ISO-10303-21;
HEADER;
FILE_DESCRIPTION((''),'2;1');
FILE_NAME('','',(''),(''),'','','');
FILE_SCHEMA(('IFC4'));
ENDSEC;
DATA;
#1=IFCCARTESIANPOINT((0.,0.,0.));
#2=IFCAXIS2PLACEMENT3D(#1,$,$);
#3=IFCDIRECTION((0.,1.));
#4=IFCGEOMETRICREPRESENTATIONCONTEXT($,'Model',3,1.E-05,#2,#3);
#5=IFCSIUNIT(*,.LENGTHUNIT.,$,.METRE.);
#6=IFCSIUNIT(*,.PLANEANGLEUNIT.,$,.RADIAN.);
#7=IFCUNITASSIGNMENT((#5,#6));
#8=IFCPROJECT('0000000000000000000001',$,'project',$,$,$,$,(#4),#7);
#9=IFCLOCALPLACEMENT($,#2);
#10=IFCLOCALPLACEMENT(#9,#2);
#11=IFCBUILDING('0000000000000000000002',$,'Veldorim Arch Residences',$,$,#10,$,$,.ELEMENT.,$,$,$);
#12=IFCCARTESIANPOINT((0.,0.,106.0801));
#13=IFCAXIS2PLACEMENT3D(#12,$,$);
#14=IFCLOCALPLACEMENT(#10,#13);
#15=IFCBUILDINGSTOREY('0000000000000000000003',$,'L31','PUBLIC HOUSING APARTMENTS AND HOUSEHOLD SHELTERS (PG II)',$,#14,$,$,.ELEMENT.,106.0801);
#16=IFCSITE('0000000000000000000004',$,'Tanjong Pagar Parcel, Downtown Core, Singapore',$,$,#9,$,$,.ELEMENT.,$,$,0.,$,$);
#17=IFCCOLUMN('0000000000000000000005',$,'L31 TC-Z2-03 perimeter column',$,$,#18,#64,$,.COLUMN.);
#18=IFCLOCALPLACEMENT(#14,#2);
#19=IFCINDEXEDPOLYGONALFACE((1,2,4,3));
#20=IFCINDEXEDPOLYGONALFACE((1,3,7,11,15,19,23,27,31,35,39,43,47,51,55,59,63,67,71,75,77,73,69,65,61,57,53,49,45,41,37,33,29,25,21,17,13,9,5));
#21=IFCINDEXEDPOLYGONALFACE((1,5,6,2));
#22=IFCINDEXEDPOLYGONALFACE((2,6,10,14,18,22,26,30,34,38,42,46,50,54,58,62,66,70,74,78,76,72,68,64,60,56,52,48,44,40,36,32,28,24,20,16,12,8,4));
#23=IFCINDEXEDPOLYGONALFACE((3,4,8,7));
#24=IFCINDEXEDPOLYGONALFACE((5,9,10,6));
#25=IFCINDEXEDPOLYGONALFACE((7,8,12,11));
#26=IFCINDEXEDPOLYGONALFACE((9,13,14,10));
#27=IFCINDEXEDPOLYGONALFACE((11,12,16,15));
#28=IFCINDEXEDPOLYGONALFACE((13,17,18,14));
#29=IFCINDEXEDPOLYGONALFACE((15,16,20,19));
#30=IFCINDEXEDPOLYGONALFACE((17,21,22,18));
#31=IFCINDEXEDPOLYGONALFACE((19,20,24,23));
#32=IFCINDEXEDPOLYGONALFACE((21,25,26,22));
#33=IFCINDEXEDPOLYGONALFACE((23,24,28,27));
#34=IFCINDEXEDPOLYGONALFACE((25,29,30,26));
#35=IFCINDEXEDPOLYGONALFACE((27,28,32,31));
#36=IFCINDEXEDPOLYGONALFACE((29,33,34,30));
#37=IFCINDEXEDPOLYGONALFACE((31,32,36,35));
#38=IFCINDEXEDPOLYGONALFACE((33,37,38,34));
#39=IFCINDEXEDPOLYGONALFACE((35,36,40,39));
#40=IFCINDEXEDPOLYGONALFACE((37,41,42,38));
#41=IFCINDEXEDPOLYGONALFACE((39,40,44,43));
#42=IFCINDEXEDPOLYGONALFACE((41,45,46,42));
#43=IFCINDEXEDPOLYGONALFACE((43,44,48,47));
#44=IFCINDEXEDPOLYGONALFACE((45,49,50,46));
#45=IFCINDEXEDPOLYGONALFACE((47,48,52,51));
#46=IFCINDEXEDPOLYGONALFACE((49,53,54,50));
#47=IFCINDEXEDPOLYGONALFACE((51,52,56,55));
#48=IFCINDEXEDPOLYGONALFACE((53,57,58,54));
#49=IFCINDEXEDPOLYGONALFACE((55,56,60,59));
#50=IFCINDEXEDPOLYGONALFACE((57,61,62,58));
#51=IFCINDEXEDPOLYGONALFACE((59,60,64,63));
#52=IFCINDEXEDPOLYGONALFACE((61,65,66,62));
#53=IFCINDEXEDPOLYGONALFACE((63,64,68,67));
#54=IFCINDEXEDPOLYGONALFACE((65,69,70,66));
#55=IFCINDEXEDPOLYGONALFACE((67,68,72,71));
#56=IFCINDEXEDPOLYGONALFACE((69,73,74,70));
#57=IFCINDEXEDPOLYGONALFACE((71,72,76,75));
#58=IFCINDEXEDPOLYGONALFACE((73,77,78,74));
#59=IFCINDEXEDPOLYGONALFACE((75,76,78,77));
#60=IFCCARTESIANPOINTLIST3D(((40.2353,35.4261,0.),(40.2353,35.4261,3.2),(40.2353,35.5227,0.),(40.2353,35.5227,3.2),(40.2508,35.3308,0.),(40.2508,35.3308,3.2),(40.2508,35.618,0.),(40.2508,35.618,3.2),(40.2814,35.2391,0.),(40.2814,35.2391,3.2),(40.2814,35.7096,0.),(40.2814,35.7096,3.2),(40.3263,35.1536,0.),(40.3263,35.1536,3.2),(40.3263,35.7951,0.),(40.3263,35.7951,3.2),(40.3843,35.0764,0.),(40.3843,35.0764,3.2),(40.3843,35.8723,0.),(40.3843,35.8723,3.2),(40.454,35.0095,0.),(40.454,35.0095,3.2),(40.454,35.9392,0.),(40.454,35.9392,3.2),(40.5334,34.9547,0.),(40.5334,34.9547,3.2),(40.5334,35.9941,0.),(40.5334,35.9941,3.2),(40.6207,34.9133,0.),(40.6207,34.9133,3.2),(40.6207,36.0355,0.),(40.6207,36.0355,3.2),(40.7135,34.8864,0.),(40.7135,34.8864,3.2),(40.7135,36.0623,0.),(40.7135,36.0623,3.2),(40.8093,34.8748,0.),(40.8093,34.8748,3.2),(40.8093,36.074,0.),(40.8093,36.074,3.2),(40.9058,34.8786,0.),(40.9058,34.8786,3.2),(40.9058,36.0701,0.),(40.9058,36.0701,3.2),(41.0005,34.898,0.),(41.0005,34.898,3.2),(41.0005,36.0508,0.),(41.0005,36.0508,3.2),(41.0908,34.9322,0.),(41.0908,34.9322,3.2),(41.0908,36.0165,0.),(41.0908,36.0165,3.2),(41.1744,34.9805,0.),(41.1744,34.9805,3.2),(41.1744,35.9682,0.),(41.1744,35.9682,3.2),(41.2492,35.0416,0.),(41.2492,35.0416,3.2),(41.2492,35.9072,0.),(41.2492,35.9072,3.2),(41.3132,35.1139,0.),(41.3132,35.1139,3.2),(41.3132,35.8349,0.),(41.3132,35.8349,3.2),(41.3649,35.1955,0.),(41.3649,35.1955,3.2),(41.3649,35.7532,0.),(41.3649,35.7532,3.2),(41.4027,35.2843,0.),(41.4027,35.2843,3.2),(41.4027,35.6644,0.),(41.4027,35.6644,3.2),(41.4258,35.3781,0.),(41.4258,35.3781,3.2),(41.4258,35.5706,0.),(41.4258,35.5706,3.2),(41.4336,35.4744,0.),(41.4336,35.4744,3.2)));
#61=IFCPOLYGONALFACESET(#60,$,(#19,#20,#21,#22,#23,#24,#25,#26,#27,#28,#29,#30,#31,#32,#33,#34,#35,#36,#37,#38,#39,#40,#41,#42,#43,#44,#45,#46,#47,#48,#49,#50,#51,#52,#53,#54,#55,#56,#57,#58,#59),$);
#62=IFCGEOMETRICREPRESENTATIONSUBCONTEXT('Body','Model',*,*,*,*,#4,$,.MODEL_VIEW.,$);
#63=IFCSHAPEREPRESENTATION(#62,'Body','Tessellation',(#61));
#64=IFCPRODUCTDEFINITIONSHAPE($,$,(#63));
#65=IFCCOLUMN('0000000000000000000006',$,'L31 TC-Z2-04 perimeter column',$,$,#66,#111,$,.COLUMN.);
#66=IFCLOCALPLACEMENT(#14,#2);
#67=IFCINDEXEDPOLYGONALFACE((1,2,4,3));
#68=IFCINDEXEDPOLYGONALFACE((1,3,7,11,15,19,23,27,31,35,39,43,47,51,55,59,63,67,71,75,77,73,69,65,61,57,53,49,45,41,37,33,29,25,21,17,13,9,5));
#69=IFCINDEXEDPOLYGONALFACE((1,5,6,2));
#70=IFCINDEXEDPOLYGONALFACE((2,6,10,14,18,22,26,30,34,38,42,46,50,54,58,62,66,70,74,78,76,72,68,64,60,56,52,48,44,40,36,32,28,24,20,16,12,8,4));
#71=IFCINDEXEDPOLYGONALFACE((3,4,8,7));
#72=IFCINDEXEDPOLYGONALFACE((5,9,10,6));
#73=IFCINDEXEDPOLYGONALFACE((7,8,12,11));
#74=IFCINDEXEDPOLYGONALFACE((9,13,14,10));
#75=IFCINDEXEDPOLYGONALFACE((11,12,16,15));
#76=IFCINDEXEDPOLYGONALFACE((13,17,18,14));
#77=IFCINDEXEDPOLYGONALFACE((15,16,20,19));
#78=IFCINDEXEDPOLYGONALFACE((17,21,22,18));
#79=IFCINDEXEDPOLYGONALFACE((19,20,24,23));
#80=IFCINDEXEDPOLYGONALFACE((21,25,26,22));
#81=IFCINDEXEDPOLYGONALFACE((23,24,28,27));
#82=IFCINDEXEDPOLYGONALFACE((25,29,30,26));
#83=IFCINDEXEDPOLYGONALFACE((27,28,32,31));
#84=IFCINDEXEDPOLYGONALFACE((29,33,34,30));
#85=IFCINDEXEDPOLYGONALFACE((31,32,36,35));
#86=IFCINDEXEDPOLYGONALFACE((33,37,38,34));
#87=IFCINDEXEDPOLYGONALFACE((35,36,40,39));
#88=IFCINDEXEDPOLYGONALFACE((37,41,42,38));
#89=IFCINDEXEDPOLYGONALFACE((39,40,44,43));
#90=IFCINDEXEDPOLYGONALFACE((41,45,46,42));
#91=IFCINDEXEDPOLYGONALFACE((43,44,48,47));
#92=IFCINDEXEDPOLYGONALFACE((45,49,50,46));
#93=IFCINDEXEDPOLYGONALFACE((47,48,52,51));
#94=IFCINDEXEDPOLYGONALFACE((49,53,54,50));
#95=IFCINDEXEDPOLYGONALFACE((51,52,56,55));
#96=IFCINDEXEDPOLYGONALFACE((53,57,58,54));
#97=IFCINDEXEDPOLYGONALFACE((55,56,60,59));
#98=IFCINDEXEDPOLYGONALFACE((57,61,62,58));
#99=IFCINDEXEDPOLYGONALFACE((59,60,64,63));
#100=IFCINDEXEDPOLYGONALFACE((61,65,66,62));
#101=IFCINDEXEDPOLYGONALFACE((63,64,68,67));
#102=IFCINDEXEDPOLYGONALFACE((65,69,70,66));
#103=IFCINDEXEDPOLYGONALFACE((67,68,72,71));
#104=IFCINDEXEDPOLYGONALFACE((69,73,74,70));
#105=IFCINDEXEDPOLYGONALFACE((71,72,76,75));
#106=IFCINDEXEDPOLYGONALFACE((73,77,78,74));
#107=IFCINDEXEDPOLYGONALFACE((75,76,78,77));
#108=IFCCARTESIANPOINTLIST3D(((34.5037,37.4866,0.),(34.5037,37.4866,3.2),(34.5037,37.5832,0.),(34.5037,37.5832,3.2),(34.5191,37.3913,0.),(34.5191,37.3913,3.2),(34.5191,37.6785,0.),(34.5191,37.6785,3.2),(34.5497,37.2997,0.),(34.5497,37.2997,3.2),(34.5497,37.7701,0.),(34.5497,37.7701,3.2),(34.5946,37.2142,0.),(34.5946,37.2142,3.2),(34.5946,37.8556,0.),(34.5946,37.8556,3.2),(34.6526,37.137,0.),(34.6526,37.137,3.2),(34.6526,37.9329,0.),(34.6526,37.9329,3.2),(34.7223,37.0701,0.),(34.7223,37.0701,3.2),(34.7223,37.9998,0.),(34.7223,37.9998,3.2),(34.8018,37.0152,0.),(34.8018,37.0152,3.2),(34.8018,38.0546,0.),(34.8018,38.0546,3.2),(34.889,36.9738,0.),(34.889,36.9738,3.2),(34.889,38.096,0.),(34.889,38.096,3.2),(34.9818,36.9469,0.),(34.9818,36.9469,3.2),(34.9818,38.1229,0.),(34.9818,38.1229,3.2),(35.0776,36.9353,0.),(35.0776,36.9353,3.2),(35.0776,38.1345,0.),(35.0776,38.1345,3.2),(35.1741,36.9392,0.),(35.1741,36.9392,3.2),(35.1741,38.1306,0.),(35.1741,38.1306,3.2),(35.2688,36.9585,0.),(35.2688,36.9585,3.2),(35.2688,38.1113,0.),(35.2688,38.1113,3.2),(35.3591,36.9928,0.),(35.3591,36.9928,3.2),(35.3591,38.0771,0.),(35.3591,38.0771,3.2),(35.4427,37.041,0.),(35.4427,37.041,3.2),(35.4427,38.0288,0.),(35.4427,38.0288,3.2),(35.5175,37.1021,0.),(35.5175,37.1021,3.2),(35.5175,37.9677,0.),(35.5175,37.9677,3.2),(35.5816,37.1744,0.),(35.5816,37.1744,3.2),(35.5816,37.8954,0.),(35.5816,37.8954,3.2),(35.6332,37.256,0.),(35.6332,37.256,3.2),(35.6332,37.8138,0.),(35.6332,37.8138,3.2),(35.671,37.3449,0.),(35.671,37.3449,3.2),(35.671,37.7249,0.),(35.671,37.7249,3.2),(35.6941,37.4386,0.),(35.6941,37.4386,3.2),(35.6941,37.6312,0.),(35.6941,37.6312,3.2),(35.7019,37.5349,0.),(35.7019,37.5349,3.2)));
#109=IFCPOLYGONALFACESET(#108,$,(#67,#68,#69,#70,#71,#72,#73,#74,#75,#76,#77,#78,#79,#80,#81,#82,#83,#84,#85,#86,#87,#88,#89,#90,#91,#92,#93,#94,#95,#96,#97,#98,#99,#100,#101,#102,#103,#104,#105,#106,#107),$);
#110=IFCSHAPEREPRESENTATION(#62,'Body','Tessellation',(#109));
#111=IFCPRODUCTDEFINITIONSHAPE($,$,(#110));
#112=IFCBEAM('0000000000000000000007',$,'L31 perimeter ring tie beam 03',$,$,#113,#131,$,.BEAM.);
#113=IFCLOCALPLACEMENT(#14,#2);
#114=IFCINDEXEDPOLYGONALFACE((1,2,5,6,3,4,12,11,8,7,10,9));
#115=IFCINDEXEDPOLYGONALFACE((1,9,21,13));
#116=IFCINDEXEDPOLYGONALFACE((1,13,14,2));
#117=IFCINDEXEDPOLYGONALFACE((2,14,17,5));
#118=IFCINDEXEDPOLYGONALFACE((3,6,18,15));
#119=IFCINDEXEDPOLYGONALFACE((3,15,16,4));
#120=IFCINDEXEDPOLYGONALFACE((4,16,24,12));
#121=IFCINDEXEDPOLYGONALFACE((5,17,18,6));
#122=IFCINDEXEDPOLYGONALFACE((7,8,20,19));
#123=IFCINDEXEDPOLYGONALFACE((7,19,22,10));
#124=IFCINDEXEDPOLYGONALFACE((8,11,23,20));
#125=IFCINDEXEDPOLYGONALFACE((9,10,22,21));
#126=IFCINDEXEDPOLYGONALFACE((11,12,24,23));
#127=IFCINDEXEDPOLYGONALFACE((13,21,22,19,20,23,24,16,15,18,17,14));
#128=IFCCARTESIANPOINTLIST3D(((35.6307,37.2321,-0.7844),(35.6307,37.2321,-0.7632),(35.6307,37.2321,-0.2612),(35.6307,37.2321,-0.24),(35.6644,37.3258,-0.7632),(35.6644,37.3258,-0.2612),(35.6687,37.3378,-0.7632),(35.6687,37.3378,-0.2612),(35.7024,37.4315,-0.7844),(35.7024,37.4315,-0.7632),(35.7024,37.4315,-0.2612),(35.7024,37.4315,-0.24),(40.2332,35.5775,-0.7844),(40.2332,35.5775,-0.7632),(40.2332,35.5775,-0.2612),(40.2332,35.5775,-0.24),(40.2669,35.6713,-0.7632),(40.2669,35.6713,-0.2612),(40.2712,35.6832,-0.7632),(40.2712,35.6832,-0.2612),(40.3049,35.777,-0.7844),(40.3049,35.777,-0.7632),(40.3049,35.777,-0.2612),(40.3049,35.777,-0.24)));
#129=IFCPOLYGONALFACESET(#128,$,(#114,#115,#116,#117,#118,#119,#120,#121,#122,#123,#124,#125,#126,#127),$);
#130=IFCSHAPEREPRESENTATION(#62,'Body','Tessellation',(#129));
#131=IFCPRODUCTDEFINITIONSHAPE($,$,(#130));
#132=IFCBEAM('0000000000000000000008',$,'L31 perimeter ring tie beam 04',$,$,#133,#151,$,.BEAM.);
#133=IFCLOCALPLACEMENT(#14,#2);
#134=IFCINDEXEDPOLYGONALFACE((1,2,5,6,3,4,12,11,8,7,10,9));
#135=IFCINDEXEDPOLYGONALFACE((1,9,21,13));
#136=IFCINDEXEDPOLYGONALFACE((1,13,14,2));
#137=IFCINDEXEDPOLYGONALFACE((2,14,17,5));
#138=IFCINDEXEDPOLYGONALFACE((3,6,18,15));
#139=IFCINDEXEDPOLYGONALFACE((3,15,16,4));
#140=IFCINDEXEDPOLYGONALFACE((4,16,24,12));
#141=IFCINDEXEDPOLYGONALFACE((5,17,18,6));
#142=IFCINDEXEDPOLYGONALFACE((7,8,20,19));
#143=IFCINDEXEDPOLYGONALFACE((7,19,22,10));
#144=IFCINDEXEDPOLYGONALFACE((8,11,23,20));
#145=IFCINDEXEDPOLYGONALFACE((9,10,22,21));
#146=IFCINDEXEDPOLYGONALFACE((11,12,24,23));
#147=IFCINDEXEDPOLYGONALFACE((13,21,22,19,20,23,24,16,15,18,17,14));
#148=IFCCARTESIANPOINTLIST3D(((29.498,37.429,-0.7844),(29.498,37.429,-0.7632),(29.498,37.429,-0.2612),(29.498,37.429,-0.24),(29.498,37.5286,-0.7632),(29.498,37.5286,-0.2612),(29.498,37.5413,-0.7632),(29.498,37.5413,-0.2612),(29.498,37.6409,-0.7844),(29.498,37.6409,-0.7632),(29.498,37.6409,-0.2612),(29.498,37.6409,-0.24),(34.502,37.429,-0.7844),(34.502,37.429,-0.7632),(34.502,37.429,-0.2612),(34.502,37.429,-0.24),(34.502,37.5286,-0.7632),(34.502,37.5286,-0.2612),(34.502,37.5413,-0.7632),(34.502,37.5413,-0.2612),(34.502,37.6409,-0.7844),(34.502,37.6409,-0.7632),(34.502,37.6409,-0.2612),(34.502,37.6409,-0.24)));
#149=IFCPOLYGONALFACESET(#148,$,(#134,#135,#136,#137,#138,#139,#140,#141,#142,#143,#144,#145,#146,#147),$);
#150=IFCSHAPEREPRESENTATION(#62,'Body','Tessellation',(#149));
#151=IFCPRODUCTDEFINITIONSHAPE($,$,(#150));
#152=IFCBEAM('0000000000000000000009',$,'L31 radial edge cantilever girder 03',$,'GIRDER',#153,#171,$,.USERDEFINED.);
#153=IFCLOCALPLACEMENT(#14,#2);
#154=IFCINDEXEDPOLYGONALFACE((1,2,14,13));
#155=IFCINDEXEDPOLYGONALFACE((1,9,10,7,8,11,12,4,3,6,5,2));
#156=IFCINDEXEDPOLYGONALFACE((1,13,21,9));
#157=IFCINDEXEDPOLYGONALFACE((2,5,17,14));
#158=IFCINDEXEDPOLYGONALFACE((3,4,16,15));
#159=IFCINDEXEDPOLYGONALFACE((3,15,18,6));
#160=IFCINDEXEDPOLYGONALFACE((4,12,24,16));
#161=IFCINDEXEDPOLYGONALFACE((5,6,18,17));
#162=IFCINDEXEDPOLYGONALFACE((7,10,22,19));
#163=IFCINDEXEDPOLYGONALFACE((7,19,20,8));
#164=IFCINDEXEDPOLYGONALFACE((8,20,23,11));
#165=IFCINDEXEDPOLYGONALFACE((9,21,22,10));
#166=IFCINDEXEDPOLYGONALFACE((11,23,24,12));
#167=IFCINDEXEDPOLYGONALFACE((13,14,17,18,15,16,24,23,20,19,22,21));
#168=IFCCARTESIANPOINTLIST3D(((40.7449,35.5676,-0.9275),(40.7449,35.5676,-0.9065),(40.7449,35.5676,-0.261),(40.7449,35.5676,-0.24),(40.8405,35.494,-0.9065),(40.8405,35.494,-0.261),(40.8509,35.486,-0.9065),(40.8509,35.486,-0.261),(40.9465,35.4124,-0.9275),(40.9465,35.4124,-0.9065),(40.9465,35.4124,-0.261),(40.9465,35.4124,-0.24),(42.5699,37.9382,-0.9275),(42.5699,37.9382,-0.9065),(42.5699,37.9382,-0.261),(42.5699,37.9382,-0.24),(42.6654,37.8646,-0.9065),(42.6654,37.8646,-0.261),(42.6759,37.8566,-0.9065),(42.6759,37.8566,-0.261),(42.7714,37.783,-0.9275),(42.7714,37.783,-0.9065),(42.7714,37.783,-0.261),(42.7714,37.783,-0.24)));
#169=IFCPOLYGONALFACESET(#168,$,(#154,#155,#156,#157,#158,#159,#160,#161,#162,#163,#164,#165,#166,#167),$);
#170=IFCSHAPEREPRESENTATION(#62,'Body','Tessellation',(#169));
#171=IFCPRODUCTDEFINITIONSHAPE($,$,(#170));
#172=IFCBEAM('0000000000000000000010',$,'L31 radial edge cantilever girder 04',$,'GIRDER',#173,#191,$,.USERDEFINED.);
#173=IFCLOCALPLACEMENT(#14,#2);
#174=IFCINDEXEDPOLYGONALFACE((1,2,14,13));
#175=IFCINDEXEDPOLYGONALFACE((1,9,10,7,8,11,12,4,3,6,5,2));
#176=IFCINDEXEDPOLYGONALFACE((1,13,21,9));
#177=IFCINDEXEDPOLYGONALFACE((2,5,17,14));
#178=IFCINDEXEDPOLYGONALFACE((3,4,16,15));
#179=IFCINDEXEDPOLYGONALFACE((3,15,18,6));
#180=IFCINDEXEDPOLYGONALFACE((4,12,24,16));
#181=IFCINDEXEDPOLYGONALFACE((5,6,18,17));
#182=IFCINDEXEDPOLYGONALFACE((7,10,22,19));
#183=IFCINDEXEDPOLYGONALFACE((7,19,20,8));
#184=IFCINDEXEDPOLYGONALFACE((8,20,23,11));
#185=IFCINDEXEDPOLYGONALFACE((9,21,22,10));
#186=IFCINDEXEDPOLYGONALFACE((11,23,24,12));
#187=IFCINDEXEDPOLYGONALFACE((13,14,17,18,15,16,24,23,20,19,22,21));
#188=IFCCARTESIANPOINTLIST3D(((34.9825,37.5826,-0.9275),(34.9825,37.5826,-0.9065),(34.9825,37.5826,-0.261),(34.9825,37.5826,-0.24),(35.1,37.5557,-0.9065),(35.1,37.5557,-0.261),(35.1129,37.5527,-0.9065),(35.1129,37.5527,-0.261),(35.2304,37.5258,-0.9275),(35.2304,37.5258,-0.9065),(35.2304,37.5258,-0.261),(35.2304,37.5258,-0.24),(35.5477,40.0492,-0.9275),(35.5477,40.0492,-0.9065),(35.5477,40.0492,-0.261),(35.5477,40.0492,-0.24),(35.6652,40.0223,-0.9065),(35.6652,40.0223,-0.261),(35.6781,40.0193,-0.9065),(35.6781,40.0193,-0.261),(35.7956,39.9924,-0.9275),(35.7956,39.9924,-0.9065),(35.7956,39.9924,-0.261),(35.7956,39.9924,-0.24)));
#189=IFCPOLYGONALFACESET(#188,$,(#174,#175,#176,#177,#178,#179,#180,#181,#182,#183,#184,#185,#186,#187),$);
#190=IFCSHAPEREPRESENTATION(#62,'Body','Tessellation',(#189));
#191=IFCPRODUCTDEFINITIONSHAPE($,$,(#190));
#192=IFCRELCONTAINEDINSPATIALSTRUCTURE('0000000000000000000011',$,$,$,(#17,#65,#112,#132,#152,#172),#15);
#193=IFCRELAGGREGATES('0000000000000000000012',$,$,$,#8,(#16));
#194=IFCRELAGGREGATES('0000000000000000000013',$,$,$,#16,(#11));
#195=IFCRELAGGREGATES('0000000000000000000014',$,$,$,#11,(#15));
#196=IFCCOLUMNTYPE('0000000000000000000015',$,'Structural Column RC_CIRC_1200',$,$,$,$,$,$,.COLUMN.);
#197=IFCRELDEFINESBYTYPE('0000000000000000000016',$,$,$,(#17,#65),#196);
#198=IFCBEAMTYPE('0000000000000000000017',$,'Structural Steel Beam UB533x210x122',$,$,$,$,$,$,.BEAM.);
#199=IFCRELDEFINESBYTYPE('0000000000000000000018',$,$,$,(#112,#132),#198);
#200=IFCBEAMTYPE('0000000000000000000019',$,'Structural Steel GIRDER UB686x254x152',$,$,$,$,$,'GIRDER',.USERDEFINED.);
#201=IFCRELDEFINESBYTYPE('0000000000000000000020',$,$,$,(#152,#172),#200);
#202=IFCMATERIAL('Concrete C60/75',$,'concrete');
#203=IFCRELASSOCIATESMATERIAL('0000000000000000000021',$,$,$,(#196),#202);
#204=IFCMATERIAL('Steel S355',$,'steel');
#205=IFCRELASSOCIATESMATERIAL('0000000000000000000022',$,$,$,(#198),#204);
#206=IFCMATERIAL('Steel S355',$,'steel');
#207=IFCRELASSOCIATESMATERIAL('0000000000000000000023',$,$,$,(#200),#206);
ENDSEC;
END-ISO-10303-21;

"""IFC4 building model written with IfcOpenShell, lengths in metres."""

from ifc_helpers import new_model, si_unit, direction, frame, origin, origin_2d, place, context, subcontext, project, spatial, circle, i_section, extrude, material, material_profile, profile_set, type_object, element, save


model = new_model("IFC4")

# Units and contexts
model_context = context("Model", 3, precision=1e-05, world=origin(), true_north=direction((0.0, 1.0)))
body_context = subcontext(model_context, "Body", "Model", "MODEL_VIEW")
ifc_project = project(units=[si_unit("LENGTHUNIT", "METRE"), si_unit("PLANEANGLEUNIT", "RADIAN")], contexts=[model_context])

# Site, building, storey
site_placement = place(None, origin())
site = spatial("IfcSite", under=ifc_project, at=site_placement, Name="Tanjong Pagar Parcel, Downtown Core, Singapore", CompositionType="ELEMENT", RefElevation=0.0)
building_placement = place(site_placement, origin())
building = spatial("IfcBuilding", under=site, at=building_placement, Name="Veldorim Arch Residences", CompositionType="ELEMENT")
storey_placement = place(building_placement, frame((0.0, 0.0, 106.0801)))
storey = spatial("IfcBuildingStorey", under=building, at=storey_placement, Name="L31", Description="PUBLIC HOUSING APARTMENTS AND HOUSEHOLD SHELTERS (PG II)", CompositionType="ELEMENT", Elevation=106.0801)

# Columns
ifc_material_1 = material(Name="Concrete C60/75", Category="concrete")
ifc_material_profile_1 = material_profile(ifc_material_1, circle(Radius=0.6001, at=origin_2d()), Name="RC_CIRC_1200")
ifc_profile_set_1 = profile_set([ifc_material_profile_1], Name="Concrete C60/75")
column_type = type_object("IfcColumnType", Name="Structural Column RC_CIRC_1200", PredefinedType="COLUMN", material=ifc_profile_set_1)
for number, where, z_axis, x_axis, name in (
    (1, (40.8335, 35.4744, 0.0), (0.0, 0.0, 1.0), (1.0, 0.0, 0.0), "L31 TC-Z2-03 perimeter column"),
    (2, (35.1018, 37.5349, 0.0), (0.0, 0.0, 1.0), (1.0, 0.0, 0.0), "L31 TC-Z2-04 perimeter column"),
):
    element("IfcColumn", number, at=place(storey_placement, frame(where, z_axis=z_axis, x_axis=x_axis)), inside=storey, type_object=column_type, Name=name, PredefinedType="COLUMN", context=body_context, shape_type="SweptSolid", body=[
        extrude(circle(Radius=0.6001, at=origin_2d()), origin(), (0.0, 0.0, 1.0), 3.2),
    ])

# Beams
ifc_material_2 = material(Name="Steel S355", Category="steel")
ifc_material_profile_2 = material_profile(ifc_material_2, i_section(OverallWidth=0.2119, OverallDepth=0.5444, WebThickness=0.0127, FlangeThickness=0.0212, at=origin_2d()), Name="UB533x210x122")
ifc_profile_set_2 = profile_set([ifc_material_profile_2], Name="Steel S355")
beam_type_1 = type_object("IfcBeamType", Name="Structural Steel Beam UB533x210x122", PredefinedType="BEAM", material=ifc_profile_set_2)
beam_1_placement = place(storey_placement, frame((40.269, 35.6772, -0.5122), z_axis=(-0.941042, 0.33829, 0.0), x_axis=(-0.33829, -0.941042, 0.0)))
element("IfcBeam", 3, at=beam_1_placement, inside=storey, type_object=beam_type_1, Name="L31 perimeter ring tie beam 03", PredefinedType="BEAM", context=body_context, shape_type="SweptSolid", body=[
    extrude(i_section(OverallWidth=0.2119, OverallDepth=0.5444, WebThickness=0.0127, FlangeThickness=0.0212, at=origin_2d()), origin(), (0.0, 0.0, 1.0), 4.8909),
])
beam_2_placement = place(storey_placement, frame((34.502, 37.5349, -0.5122), z_axis=(-1.0, 0.0, 0.0), x_axis=(0.0, -1.0, 0.0)))
element("IfcBeam", 4, at=beam_2_placement, inside=storey, type_object=beam_type_1, Name="L31 perimeter ring tie beam 04", PredefinedType="BEAM", context=body_context, shape_type="SweptSolid", body=[
    extrude(i_section(OverallWidth=0.2119, OverallDepth=0.5444, WebThickness=0.0127, FlangeThickness=0.0212, at=origin_2d()), origin(), (0.0, 0.0, 1.0), 5.0039),
])
ifc_material_3 = material(Name="Steel S355", Category="steel")
ifc_material_profile_3 = material_profile(ifc_material_3, i_section(OverallWidth=0.2544, OverallDepth=0.6875, WebThickness=0.0132, FlangeThickness=0.021, at=origin_2d()), Name="UB686x254x152")
ifc_profile_set_3 = profile_set([ifc_material_profile_3], Name="Steel S355")
beam_type_2 = type_object("IfcBeamType", Name="Structural Steel GIRDER UB686x254x152", ElementType="GIRDER", PredefinedType="USERDEFINED", material=ifc_profile_set_3)
beam_3_placement = place(storey_placement, frame((40.8457, 35.49, -0.5837), z_axis=(0.610007, 0.792396, 0.0), x_axis=(-0.792396, 0.610007, 0.0)))
element("IfcBeam", 5, at=beam_3_placement, inside=storey, type_object=beam_type_2, Name="L31 radial edge cantilever girder 03", ObjectType="GIRDER", PredefinedType="USERDEFINED", context=body_context, shape_type="SweptSolid", body=[
    extrude(i_section(OverallWidth=0.2544, OverallDepth=0.6875, WebThickness=0.0132, FlangeThickness=0.021, at=origin_2d()), origin(), (0.0, 0.0, 1.0), 2.9917),
])
beam_4_placement = place(storey_placement, frame((35.1064, 37.5542, -0.5837), z_axis=(0.223351, 0.974738, 0.0), x_axis=(-0.974738, 0.223351, 0.0)))
element("IfcBeam", 6, at=beam_4_placement, inside=storey, type_object=beam_type_2, Name="L31 radial edge cantilever girder 04", ObjectType="GIRDER", PredefinedType="USERDEFINED", context=body_context, shape_type="SweptSolid", body=[
    extrude(i_section(OverallWidth=0.2544, OverallDepth=0.6875, WebThickness=0.0132, FlangeThickness=0.021, at=origin_2d()), origin(), (0.0, 0.0, 1.0), 2.5305),
])

save(model, "model.ifc")
